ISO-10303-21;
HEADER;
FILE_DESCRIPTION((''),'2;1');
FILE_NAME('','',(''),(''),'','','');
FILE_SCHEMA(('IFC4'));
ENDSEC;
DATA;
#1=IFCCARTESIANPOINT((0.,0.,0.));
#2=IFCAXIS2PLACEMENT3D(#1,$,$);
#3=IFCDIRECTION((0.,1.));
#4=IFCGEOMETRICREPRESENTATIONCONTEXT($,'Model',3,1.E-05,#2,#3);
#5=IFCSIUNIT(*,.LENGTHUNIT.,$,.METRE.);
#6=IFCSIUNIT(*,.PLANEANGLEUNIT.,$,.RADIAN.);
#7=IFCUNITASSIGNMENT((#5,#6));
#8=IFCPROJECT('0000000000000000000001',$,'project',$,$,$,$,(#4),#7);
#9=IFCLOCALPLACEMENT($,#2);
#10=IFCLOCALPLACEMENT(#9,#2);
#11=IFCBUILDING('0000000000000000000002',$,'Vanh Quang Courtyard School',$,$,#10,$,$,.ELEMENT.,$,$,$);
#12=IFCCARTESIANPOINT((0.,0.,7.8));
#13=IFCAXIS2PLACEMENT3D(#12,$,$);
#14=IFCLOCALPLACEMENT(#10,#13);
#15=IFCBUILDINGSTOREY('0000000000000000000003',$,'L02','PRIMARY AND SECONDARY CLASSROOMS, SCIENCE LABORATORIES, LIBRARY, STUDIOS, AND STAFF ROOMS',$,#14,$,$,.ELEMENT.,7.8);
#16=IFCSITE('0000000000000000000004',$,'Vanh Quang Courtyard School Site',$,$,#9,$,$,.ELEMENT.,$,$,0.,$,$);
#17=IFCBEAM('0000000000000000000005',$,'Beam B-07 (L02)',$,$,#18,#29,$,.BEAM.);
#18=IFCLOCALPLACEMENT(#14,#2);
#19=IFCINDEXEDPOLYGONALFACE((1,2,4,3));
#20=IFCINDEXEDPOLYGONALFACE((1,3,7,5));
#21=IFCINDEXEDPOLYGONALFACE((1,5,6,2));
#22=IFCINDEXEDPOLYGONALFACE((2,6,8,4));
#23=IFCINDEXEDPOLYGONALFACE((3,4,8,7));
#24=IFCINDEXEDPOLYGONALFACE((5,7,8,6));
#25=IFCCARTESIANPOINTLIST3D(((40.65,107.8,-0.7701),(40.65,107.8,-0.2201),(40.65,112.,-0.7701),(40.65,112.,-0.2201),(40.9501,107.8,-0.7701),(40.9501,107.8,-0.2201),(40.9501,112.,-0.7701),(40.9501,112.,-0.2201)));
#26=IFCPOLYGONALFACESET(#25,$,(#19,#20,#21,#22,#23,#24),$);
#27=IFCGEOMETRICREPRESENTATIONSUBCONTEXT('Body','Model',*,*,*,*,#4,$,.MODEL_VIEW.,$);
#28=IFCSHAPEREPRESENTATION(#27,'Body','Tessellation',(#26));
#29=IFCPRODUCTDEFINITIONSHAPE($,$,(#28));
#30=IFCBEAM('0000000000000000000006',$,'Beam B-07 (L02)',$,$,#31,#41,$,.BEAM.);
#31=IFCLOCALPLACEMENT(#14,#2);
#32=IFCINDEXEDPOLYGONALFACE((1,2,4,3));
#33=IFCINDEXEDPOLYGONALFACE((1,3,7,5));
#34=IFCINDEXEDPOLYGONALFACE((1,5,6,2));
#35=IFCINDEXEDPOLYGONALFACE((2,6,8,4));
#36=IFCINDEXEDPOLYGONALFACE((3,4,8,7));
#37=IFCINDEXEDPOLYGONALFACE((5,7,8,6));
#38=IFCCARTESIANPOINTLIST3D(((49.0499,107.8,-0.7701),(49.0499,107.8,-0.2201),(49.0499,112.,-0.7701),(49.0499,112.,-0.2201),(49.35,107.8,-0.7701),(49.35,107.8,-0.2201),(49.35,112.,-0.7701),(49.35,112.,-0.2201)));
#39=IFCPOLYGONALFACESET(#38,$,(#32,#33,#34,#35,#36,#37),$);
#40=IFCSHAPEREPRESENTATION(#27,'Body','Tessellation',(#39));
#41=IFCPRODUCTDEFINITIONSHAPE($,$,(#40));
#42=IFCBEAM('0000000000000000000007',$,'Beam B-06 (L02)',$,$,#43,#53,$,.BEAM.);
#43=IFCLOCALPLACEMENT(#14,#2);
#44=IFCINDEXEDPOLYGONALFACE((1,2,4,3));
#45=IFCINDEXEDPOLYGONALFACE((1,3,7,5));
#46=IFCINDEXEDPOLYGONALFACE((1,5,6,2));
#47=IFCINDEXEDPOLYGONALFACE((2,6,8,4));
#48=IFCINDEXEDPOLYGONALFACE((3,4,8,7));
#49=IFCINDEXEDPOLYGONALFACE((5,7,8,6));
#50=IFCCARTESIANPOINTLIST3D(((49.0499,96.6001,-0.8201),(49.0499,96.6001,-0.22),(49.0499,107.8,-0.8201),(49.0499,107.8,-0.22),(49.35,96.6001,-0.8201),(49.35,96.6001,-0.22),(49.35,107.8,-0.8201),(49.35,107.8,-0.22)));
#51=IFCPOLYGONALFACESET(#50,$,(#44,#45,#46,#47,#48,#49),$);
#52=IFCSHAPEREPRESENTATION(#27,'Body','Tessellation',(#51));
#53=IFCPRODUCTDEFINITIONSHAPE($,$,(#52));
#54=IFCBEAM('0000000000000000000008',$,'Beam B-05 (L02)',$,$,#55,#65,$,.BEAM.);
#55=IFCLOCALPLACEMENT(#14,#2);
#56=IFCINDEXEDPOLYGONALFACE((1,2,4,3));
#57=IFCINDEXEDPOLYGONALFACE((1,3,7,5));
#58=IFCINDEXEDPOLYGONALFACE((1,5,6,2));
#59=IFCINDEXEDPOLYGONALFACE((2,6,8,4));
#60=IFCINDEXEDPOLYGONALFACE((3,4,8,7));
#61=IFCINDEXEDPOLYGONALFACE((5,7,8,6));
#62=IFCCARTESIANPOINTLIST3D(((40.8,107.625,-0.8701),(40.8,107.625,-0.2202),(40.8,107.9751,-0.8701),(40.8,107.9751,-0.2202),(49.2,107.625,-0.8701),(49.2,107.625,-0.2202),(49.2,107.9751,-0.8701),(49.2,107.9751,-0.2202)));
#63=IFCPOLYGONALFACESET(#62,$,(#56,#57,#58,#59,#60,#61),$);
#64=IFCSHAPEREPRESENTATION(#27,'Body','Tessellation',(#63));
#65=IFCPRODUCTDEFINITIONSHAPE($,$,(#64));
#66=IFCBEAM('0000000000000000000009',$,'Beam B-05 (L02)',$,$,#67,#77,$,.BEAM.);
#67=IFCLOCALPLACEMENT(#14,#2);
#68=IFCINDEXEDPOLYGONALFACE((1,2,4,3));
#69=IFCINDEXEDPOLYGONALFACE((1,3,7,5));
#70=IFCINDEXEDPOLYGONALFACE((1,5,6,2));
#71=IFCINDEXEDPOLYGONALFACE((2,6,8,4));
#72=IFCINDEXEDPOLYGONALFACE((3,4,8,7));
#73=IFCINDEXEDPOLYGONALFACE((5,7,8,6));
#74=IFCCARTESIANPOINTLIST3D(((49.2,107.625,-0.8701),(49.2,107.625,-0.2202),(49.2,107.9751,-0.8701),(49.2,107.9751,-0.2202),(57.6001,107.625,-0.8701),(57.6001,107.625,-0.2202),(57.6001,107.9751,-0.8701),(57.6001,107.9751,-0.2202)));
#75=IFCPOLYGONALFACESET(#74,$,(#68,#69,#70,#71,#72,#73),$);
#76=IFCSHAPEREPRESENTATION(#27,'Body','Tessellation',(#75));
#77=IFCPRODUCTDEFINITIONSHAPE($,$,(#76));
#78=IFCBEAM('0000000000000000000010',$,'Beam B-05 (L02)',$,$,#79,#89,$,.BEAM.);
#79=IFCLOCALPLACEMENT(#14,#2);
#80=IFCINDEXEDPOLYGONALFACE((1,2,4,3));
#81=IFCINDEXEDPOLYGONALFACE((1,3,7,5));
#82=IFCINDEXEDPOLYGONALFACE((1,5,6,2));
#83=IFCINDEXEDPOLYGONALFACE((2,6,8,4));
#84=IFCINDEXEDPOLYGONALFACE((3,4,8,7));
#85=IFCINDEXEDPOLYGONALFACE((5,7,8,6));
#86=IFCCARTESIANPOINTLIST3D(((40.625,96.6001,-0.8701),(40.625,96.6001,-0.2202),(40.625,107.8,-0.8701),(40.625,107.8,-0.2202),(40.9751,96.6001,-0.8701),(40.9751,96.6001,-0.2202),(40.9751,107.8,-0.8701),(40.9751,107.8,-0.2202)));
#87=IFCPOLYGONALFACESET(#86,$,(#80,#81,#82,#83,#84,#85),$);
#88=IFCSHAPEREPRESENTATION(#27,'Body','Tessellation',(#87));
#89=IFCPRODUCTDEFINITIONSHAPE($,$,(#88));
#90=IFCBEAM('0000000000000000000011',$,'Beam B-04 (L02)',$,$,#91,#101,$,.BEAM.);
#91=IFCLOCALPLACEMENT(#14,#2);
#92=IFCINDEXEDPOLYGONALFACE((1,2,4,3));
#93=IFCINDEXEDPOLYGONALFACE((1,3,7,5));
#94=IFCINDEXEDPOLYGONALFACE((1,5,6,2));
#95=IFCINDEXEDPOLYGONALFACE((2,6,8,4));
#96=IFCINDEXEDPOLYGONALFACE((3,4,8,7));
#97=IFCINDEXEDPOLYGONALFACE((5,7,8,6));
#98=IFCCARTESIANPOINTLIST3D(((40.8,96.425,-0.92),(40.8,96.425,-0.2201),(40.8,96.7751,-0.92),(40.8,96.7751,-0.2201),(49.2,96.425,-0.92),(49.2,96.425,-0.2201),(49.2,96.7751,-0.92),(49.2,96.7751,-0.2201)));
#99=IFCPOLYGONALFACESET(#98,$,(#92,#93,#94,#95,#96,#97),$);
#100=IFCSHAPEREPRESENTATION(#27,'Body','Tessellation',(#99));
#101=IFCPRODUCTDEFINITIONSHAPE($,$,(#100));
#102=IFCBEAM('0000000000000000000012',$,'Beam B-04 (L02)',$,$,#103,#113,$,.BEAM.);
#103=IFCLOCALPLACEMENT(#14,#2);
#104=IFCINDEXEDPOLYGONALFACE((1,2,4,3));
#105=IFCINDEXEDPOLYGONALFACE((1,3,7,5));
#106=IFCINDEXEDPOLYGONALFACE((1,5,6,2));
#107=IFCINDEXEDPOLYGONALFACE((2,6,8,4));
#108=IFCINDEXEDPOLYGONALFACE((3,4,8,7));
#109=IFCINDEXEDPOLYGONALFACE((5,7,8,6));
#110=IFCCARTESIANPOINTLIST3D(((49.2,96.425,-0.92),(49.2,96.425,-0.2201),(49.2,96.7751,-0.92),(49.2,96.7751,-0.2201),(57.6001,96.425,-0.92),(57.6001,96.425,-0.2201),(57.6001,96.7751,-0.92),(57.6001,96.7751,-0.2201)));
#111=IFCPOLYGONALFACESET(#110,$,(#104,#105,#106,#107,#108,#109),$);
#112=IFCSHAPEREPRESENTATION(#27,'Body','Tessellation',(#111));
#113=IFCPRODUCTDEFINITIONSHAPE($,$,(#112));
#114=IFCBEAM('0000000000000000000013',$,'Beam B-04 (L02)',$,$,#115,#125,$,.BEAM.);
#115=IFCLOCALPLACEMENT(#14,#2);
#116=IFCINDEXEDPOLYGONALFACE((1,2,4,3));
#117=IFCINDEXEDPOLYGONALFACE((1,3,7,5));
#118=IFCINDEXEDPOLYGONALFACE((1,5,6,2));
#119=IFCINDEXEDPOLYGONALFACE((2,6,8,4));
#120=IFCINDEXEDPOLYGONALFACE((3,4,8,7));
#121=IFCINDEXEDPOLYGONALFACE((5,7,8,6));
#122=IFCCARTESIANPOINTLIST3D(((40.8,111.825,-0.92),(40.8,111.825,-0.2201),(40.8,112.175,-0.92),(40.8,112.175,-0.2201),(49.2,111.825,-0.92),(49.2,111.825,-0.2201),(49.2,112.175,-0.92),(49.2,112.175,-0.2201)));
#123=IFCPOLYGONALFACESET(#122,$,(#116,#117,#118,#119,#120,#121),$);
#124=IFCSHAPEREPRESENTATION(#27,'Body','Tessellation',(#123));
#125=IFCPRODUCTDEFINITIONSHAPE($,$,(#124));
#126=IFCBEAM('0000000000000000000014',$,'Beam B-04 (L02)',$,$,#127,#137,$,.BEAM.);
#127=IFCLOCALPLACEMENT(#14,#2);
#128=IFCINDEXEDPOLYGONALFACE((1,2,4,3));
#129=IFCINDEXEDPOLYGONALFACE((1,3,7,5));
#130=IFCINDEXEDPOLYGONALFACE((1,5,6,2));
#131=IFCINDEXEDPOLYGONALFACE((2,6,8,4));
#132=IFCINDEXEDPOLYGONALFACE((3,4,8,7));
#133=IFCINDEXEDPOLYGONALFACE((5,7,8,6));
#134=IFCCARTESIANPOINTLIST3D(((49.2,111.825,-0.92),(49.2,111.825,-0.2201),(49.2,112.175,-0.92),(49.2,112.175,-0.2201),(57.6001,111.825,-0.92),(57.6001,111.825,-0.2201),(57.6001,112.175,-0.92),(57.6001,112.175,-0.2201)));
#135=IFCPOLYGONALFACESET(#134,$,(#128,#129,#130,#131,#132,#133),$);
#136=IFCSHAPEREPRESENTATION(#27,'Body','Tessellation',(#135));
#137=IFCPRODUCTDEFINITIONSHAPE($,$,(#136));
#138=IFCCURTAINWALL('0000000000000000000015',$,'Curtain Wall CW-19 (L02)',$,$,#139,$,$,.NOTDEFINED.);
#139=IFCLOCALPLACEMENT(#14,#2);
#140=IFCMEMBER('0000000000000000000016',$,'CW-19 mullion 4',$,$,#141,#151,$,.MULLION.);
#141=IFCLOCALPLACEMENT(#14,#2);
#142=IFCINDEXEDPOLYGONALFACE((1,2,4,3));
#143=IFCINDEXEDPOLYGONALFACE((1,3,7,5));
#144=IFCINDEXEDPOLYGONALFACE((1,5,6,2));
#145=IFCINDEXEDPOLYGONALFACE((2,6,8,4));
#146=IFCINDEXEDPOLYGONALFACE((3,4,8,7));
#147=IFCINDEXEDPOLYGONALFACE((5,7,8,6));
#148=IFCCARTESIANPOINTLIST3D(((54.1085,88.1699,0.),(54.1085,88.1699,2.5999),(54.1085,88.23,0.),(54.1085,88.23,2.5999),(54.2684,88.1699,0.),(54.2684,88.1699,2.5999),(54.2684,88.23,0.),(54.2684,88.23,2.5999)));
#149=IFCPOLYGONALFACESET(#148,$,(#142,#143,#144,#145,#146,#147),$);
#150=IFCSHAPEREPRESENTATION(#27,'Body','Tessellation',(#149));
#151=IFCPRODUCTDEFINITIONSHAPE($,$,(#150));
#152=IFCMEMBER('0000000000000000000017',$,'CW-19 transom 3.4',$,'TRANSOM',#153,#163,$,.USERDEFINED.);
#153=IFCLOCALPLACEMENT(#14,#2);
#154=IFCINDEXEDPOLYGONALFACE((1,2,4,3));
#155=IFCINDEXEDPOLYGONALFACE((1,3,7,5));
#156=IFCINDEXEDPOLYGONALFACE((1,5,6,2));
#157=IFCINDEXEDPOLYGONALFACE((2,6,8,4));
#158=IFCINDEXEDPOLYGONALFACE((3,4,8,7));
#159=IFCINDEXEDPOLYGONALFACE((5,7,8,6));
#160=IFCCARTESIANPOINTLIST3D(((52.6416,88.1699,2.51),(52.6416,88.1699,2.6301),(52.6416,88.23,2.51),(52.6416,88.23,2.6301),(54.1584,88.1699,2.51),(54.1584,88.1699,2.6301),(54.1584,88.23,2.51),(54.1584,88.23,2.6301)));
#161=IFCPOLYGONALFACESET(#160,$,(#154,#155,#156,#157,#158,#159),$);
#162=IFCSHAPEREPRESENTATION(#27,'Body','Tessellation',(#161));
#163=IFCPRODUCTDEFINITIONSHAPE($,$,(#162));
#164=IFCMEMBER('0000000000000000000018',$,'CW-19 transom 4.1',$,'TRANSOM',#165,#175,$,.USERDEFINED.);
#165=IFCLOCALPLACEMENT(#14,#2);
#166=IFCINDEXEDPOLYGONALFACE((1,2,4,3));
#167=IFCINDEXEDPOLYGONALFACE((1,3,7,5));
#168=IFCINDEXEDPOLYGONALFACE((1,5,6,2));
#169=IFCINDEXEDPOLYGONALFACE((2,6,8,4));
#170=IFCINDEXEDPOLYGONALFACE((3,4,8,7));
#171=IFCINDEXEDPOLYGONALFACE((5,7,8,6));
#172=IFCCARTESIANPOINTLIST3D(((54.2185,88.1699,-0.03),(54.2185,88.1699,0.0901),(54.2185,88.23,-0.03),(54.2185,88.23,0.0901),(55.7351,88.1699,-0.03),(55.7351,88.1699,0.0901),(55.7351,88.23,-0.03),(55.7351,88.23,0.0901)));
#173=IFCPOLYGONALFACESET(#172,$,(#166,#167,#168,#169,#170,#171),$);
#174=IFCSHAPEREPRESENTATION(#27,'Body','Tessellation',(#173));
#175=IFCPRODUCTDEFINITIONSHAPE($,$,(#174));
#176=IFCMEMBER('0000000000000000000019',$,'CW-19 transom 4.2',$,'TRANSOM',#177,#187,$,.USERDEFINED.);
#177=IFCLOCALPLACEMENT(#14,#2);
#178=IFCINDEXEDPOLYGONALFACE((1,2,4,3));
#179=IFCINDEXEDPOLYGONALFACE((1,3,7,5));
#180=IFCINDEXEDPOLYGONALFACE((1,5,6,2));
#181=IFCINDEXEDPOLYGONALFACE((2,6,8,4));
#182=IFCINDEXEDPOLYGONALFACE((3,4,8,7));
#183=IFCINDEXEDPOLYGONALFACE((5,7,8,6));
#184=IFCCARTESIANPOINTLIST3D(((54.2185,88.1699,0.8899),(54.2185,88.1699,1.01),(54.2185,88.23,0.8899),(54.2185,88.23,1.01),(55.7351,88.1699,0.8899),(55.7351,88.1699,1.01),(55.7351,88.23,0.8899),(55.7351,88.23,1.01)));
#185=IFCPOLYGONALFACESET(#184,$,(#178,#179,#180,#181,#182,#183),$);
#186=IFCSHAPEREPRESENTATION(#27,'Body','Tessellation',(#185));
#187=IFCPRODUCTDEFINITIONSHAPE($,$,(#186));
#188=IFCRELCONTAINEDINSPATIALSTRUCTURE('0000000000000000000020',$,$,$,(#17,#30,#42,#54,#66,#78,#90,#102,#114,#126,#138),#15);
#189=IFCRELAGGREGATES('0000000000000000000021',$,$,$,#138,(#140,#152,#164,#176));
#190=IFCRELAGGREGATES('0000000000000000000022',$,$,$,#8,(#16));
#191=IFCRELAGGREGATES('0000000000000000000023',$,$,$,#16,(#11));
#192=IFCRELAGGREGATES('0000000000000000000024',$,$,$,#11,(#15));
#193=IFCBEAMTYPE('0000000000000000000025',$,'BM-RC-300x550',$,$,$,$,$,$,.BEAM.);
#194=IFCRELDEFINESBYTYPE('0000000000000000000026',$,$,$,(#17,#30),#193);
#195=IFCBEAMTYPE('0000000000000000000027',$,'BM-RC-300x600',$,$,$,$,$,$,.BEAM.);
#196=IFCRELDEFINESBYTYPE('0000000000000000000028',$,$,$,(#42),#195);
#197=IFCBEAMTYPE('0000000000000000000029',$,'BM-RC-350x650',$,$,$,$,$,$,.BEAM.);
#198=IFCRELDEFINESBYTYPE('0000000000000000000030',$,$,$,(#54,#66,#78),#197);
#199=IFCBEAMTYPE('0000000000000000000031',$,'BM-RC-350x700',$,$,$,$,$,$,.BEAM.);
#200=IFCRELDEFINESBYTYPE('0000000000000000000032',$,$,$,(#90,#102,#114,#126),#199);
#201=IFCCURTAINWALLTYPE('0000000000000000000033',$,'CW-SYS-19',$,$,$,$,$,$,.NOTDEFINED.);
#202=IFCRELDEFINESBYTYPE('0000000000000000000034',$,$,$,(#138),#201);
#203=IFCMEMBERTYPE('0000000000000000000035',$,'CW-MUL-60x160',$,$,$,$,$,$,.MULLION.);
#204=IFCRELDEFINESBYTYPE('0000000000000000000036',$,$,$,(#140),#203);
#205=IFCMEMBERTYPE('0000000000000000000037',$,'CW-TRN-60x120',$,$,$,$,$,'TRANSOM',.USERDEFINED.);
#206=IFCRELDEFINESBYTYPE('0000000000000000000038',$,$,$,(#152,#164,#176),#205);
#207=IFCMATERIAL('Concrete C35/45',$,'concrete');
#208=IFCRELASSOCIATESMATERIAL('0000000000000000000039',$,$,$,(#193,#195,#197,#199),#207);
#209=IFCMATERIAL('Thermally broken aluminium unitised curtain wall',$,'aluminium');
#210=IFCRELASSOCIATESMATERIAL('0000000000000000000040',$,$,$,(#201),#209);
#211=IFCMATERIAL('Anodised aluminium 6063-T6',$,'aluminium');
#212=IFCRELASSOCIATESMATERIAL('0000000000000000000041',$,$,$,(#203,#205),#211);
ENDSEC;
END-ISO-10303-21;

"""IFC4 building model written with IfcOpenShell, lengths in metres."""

from ifc_helpers import new_model, si_unit, direction, frame, origin, origin_2d, place, context, subcontext, project, spatial, rectangle, extrude, material, material_profile, profile_set, type_object, element, aggregate, save


model = new_model("IFC4")

# Units and contexts
model_context = context("Model", 3, precision=1e-05, world=origin(), true_north=direction((0.0, 1.0)))
body_context = subcontext(model_context, "Body", "Model", "MODEL_VIEW")
ifc_project = project(units=[si_unit("LENGTHUNIT", "METRE"), si_unit("PLANEANGLEUNIT", "RADIAN")], contexts=[model_context])

# Site, building, storey
site_placement = place(None, origin())
site = spatial("IfcSite", under=ifc_project, at=site_placement, Name="Vanh Quang Courtyard School Site", CompositionType="ELEMENT", RefElevation=0.0)
building_placement = place(site_placement, origin())
building = spatial("IfcBuilding", under=site, at=building_placement, Name="Vanh Quang Courtyard School", CompositionType="ELEMENT")
storey_placement = place(building_placement, frame((0.0, 0.0, 7.8)))
storey = spatial("IfcBuildingStorey", under=building, at=storey_placement, Name="L02", Description="PRIMARY AND SECONDARY CLASSROOMS, SCIENCE LABORATORIES, LIBRARY, STUDIOS, AND STAFF ROOMS", CompositionType="ELEMENT", Elevation=7.8)

# Beams
ifc_material_1 = material(Name="Concrete C35/45", Category="concrete")
ifc_material_profile_1 = material_profile(ifc_material_1, rectangle(XDim=0.3, YDim=0.55, at=origin_2d()), Name="RC-BM 300x550")
ifc_profile_set_1 = profile_set([ifc_material_profile_1], Name="Concrete C35/45")
beam_type_1 = type_object("IfcBeamType", Name="BM-RC-300x550", PredefinedType="BEAM", material=ifc_profile_set_1)
for number, where, z_axis, x_axis, name in (
    (1, (40.8, 107.8, -0.4951), (0.0, 1.0, 0.0), (-1.0, 0.0, 0.0), "Beam B-07 (L02)"),
    (2, (49.2, 107.8, -0.4951), (0.0, 1.0, 0.0), (-1.0, 0.0, 0.0), "Beam B-07 (L02)"),
):
    element("IfcBeam", number, at=place(storey_placement, frame(where, z_axis=z_axis, x_axis=x_axis)), inside=storey, type_object=beam_type_1, Name=name, PredefinedType="BEAM", context=body_context, shape_type="SweptSolid", body=[
        extrude(rectangle(XDim=0.3, YDim=0.55, at=origin_2d()), origin(), (0.0, 0.0, 1.0), 4.2),
    ])
ifc_material_profile_2 = material_profile(ifc_material_1, rectangle(XDim=0.3, YDim=0.6001, at=origin_2d()), Name="RC-BM 300x600")
ifc_profile_set_2 = profile_set([ifc_material_profile_2], Name="Concrete C35/45")
beam_type_2 = type_object("IfcBeamType", Name="BM-RC-300x600", PredefinedType="BEAM", material=ifc_profile_set_2)
beam_1_placement = place(storey_placement, frame((49.2, 96.6001, -0.52), z_axis=(0.0, 1.0, 0.0), x_axis=(-1.0, 0.0, 0.0)))
element("IfcBeam", 3, at=beam_1_placement, inside=storey, type_object=beam_type_2, Name="Beam B-06 (L02)", PredefinedType="BEAM", context=body_context, shape_type="SweptSolid", body=[
    extrude(rectangle(XDim=0.3, YDim=0.6001, at=origin_2d()), origin(), (0.0, 0.0, 1.0), 11.2),
])
ifc_material_profile_3 = material_profile(ifc_material_1, rectangle(XDim=0.3501, YDim=0.6499, at=origin_2d()), Name="RC-BM 350x650")
ifc_profile_set_3 = profile_set([ifc_material_profile_3], Name="Concrete C35/45")
beam_type_3 = type_object("IfcBeamType", Name="BM-RC-350x650", PredefinedType="BEAM", material=ifc_profile_set_3)
beam_2_placement = place(storey_placement, frame((40.8, 107.8, -0.5452), z_axis=(1.0, 0.0, 0.0), x_axis=(0.0, 1.0, 0.0)))
element("IfcBeam", 4, at=beam_2_placement, inside=storey, type_object=beam_type_3, Name="Beam B-05 (L02)", PredefinedType="BEAM", context=body_context, shape_type="SweptSolid", body=[
    extrude(rectangle(XDim=0.3501, YDim=0.6499, at=origin_2d()), origin(), (0.0, 0.0, 1.0), 8.3999),
])
beam_3_placement = place(storey_placement, frame((49.2, 107.8, -0.5452), z_axis=(1.0, 0.0, 0.0), x_axis=(0.0, 1.0, 0.0)))
element("IfcBeam", 5, at=beam_3_placement, inside=storey, type_object=beam_type_3, Name="Beam B-05 (L02)", PredefinedType="BEAM", context=body_context, shape_type="SweptSolid", body=[
    extrude(rectangle(XDim=0.3501, YDim=0.6499, at=origin_2d()), origin(), (0.0, 0.0, 1.0), 8.4001),
])
beam_4_placement = place(storey_placement, frame((40.8, 96.6001, -0.5452), z_axis=(0.0, 1.0, 0.0), x_axis=(-1.0, 0.0, 0.0)))
element("IfcBeam", 6, at=beam_4_placement, inside=storey, type_object=beam_type_3, Name="Beam B-05 (L02)", PredefinedType="BEAM", context=body_context, shape_type="SweptSolid", body=[
    extrude(rectangle(XDim=0.3501, YDim=0.6499, at=origin_2d()), origin(), (0.0, 0.0, 1.0), 11.2),
])
ifc_material_profile_4 = material_profile(ifc_material_1, rectangle(XDim=0.3501, YDim=0.7, at=origin_2d()), Name="RC-BM 350x700")
ifc_profile_set_4 = profile_set([ifc_material_profile_4], Name="Concrete C35/45")
beam_type_4 = type_object("IfcBeamType", Name="BM-RC-350x700", PredefinedType="BEAM", material=ifc_profile_set_4)
beam_5_placement = place(storey_placement, frame((40.8, 96.6001, -0.5701), z_axis=(1.0, 0.0, 0.0), x_axis=(0.0, 1.0, 0.0)))
element("IfcBeam", 7, at=beam_5_placement, inside=storey, type_object=beam_type_4, Name="Beam B-04 (L02)", PredefinedType="BEAM", context=body_context, shape_type="SweptSolid", body=[
    extrude(rectangle(XDim=0.3501, YDim=0.7, at=origin_2d()), origin(), (0.0, 0.0, 1.0), 8.3999),
])
beam_6_placement = place(storey_placement, frame((49.2, 96.6001, -0.5701), z_axis=(1.0, 0.0, 0.0), x_axis=(0.0, 1.0, 0.0)))
element("IfcBeam", 8, at=beam_6_placement, inside=storey, type_object=beam_type_4, Name="Beam B-04 (L02)", PredefinedType="BEAM", context=body_context, shape_type="SweptSolid", body=[
    extrude(rectangle(XDim=0.3501, YDim=0.7, at=origin_2d()), origin(), (0.0, 0.0, 1.0), 8.4001),
])
beam_7_placement = place(storey_placement, frame((40.8, 112.0, -0.5701), z_axis=(1.0, 0.0, 0.0), x_axis=(0.0, 1.0, 0.0)))
element("IfcBeam", 9, at=beam_7_placement, inside=storey, type_object=beam_type_4, Name="Beam B-04 (L02)", PredefinedType="BEAM", context=body_context, shape_type="SweptSolid", body=[
    extrude(rectangle(XDim=0.3501, YDim=0.7, at=origin_2d()), origin(), (0.0, 0.0, 1.0), 8.3999),
])
beam_8_placement = place(storey_placement, frame((49.2, 112.0, -0.5701), z_axis=(1.0, 0.0, 0.0), x_axis=(0.0, 1.0, 0.0)))
element("IfcBeam", 10, at=beam_8_placement, inside=storey, type_object=beam_type_4, Name="Beam B-04 (L02)", PredefinedType="BEAM", context=body_context, shape_type="SweptSolid", body=[
    extrude(rectangle(XDim=0.3501, YDim=0.7, at=origin_2d()), origin(), (0.0, 0.0, 1.0), 8.4001),
])

# Curtain wall, members
ifc_material_2 = material(Name="Thermally broken aluminium unitised curtain wall", Category="aluminium")
curtain_wall_type = type_object("IfcCurtainWallType", Name="CW-SYS-19", PredefinedType="NOTDEFINED", material=ifc_material_2)
curtain_wall_placement = place(storey_placement, origin())
curtain_wall = element("IfcCurtainWall", 11, at=curtain_wall_placement, inside=storey, type_object=curtain_wall_type, Name="Curtain Wall CW-19 (L02)", PredefinedType="NOTDEFINED")
ifc_material_3 = material(Name="Anodised aluminium 6063-T6", Category="aluminium")
ifc_material_profile_5 = material_profile(ifc_material_3, rectangle(XDim=0.0601, YDim=0.1599, at=origin_2d()), Name="ALU-MUL 60x160")
ifc_profile_set_5 = profile_set([ifc_material_profile_5], Name="Anodised aluminium 6063-T6")
member_type_1 = type_object("IfcMemberType", Name="CW-MUL-60x160", PredefinedType="MULLION", material=ifc_profile_set_5)
member_1_placement = place(storey_placement, frame((54.1885, 88.2, 0.0), z_axis=(0.0, 0.0, 1.0), x_axis=(0.0, 1.0, 0.0)))
member_1 = element("IfcMember", 12, at=member_1_placement, type_object=member_type_1, Name="CW-19 mullion 4", PredefinedType="MULLION", context=body_context, shape_type="SweptSolid", body=[
    extrude(rectangle(XDim=0.0601, YDim=0.1599, at=origin_2d()), origin(), (0.0, 0.0, 1.0), 2.5999),
])
ifc_material_profile_6 = material_profile(ifc_material_3, rectangle(XDim=0.0601, YDim=0.1201, at=origin_2d()), Name="ALU-TRN 60x120")
ifc_profile_set_6 = profile_set([ifc_material_profile_6], Name="Anodised aluminium 6063-T6")
member_type_2 = type_object("IfcMemberType", Name="CW-TRN-60x120", ElementType="TRANSOM", PredefinedType="USERDEFINED", material=ifc_profile_set_6)
member_2_placement = place(storey_placement, frame((52.6416, 88.2, 2.5701), z_axis=(1.0, 0.0, 0.0), x_axis=(0.0, 1.0, 0.0)))
member_2 = element("IfcMember", 13, at=member_2_placement, type_object=member_type_2, Name="CW-19 transom 3.4", ObjectType="TRANSOM", PredefinedType="USERDEFINED", context=body_context, shape_type="SweptSolid", body=[
    extrude(rectangle(XDim=0.0601, YDim=0.1201, at=origin_2d()), origin(), (0.0, 0.0, 1.0), 1.5168),
])
member_3_placement = place(storey_placement, frame((54.2185, 88.2, 0.03), z_axis=(1.0, 0.0, 0.0), x_axis=(0.0, 1.0, 0.0)))
member_3 = element("IfcMember", 14, at=member_3_placement, type_object=member_type_2, Name="CW-19 transom 4.1", ObjectType="TRANSOM", PredefinedType="USERDEFINED", context=body_context, shape_type="SweptSolid", body=[
    extrude(rectangle(XDim=0.0601, YDim=0.1201, at=origin_2d()), origin(), (0.0, 0.0, 1.0), 1.5166),
])
member_4_placement = place(storey_placement, frame((54.2185, 88.2, 0.95), z_axis=(1.0, 0.0, 0.0), x_axis=(0.0, 1.0, 0.0)))
member_4 = element("IfcMember", 15, at=member_4_placement, type_object=member_type_2, Name="CW-19 transom 4.2", ObjectType="TRANSOM", PredefinedType="USERDEFINED", context=body_context, shape_type="SweptSolid", body=[
    extrude(rectangle(XDim=0.0601, YDim=0.1201, at=origin_2d()), origin(), (0.0, 0.0, 1.0), 1.5166),
])

aggregate(curtain_wall, [member_1, member_2, member_3, member_4])

save(model, "model.ifc")
